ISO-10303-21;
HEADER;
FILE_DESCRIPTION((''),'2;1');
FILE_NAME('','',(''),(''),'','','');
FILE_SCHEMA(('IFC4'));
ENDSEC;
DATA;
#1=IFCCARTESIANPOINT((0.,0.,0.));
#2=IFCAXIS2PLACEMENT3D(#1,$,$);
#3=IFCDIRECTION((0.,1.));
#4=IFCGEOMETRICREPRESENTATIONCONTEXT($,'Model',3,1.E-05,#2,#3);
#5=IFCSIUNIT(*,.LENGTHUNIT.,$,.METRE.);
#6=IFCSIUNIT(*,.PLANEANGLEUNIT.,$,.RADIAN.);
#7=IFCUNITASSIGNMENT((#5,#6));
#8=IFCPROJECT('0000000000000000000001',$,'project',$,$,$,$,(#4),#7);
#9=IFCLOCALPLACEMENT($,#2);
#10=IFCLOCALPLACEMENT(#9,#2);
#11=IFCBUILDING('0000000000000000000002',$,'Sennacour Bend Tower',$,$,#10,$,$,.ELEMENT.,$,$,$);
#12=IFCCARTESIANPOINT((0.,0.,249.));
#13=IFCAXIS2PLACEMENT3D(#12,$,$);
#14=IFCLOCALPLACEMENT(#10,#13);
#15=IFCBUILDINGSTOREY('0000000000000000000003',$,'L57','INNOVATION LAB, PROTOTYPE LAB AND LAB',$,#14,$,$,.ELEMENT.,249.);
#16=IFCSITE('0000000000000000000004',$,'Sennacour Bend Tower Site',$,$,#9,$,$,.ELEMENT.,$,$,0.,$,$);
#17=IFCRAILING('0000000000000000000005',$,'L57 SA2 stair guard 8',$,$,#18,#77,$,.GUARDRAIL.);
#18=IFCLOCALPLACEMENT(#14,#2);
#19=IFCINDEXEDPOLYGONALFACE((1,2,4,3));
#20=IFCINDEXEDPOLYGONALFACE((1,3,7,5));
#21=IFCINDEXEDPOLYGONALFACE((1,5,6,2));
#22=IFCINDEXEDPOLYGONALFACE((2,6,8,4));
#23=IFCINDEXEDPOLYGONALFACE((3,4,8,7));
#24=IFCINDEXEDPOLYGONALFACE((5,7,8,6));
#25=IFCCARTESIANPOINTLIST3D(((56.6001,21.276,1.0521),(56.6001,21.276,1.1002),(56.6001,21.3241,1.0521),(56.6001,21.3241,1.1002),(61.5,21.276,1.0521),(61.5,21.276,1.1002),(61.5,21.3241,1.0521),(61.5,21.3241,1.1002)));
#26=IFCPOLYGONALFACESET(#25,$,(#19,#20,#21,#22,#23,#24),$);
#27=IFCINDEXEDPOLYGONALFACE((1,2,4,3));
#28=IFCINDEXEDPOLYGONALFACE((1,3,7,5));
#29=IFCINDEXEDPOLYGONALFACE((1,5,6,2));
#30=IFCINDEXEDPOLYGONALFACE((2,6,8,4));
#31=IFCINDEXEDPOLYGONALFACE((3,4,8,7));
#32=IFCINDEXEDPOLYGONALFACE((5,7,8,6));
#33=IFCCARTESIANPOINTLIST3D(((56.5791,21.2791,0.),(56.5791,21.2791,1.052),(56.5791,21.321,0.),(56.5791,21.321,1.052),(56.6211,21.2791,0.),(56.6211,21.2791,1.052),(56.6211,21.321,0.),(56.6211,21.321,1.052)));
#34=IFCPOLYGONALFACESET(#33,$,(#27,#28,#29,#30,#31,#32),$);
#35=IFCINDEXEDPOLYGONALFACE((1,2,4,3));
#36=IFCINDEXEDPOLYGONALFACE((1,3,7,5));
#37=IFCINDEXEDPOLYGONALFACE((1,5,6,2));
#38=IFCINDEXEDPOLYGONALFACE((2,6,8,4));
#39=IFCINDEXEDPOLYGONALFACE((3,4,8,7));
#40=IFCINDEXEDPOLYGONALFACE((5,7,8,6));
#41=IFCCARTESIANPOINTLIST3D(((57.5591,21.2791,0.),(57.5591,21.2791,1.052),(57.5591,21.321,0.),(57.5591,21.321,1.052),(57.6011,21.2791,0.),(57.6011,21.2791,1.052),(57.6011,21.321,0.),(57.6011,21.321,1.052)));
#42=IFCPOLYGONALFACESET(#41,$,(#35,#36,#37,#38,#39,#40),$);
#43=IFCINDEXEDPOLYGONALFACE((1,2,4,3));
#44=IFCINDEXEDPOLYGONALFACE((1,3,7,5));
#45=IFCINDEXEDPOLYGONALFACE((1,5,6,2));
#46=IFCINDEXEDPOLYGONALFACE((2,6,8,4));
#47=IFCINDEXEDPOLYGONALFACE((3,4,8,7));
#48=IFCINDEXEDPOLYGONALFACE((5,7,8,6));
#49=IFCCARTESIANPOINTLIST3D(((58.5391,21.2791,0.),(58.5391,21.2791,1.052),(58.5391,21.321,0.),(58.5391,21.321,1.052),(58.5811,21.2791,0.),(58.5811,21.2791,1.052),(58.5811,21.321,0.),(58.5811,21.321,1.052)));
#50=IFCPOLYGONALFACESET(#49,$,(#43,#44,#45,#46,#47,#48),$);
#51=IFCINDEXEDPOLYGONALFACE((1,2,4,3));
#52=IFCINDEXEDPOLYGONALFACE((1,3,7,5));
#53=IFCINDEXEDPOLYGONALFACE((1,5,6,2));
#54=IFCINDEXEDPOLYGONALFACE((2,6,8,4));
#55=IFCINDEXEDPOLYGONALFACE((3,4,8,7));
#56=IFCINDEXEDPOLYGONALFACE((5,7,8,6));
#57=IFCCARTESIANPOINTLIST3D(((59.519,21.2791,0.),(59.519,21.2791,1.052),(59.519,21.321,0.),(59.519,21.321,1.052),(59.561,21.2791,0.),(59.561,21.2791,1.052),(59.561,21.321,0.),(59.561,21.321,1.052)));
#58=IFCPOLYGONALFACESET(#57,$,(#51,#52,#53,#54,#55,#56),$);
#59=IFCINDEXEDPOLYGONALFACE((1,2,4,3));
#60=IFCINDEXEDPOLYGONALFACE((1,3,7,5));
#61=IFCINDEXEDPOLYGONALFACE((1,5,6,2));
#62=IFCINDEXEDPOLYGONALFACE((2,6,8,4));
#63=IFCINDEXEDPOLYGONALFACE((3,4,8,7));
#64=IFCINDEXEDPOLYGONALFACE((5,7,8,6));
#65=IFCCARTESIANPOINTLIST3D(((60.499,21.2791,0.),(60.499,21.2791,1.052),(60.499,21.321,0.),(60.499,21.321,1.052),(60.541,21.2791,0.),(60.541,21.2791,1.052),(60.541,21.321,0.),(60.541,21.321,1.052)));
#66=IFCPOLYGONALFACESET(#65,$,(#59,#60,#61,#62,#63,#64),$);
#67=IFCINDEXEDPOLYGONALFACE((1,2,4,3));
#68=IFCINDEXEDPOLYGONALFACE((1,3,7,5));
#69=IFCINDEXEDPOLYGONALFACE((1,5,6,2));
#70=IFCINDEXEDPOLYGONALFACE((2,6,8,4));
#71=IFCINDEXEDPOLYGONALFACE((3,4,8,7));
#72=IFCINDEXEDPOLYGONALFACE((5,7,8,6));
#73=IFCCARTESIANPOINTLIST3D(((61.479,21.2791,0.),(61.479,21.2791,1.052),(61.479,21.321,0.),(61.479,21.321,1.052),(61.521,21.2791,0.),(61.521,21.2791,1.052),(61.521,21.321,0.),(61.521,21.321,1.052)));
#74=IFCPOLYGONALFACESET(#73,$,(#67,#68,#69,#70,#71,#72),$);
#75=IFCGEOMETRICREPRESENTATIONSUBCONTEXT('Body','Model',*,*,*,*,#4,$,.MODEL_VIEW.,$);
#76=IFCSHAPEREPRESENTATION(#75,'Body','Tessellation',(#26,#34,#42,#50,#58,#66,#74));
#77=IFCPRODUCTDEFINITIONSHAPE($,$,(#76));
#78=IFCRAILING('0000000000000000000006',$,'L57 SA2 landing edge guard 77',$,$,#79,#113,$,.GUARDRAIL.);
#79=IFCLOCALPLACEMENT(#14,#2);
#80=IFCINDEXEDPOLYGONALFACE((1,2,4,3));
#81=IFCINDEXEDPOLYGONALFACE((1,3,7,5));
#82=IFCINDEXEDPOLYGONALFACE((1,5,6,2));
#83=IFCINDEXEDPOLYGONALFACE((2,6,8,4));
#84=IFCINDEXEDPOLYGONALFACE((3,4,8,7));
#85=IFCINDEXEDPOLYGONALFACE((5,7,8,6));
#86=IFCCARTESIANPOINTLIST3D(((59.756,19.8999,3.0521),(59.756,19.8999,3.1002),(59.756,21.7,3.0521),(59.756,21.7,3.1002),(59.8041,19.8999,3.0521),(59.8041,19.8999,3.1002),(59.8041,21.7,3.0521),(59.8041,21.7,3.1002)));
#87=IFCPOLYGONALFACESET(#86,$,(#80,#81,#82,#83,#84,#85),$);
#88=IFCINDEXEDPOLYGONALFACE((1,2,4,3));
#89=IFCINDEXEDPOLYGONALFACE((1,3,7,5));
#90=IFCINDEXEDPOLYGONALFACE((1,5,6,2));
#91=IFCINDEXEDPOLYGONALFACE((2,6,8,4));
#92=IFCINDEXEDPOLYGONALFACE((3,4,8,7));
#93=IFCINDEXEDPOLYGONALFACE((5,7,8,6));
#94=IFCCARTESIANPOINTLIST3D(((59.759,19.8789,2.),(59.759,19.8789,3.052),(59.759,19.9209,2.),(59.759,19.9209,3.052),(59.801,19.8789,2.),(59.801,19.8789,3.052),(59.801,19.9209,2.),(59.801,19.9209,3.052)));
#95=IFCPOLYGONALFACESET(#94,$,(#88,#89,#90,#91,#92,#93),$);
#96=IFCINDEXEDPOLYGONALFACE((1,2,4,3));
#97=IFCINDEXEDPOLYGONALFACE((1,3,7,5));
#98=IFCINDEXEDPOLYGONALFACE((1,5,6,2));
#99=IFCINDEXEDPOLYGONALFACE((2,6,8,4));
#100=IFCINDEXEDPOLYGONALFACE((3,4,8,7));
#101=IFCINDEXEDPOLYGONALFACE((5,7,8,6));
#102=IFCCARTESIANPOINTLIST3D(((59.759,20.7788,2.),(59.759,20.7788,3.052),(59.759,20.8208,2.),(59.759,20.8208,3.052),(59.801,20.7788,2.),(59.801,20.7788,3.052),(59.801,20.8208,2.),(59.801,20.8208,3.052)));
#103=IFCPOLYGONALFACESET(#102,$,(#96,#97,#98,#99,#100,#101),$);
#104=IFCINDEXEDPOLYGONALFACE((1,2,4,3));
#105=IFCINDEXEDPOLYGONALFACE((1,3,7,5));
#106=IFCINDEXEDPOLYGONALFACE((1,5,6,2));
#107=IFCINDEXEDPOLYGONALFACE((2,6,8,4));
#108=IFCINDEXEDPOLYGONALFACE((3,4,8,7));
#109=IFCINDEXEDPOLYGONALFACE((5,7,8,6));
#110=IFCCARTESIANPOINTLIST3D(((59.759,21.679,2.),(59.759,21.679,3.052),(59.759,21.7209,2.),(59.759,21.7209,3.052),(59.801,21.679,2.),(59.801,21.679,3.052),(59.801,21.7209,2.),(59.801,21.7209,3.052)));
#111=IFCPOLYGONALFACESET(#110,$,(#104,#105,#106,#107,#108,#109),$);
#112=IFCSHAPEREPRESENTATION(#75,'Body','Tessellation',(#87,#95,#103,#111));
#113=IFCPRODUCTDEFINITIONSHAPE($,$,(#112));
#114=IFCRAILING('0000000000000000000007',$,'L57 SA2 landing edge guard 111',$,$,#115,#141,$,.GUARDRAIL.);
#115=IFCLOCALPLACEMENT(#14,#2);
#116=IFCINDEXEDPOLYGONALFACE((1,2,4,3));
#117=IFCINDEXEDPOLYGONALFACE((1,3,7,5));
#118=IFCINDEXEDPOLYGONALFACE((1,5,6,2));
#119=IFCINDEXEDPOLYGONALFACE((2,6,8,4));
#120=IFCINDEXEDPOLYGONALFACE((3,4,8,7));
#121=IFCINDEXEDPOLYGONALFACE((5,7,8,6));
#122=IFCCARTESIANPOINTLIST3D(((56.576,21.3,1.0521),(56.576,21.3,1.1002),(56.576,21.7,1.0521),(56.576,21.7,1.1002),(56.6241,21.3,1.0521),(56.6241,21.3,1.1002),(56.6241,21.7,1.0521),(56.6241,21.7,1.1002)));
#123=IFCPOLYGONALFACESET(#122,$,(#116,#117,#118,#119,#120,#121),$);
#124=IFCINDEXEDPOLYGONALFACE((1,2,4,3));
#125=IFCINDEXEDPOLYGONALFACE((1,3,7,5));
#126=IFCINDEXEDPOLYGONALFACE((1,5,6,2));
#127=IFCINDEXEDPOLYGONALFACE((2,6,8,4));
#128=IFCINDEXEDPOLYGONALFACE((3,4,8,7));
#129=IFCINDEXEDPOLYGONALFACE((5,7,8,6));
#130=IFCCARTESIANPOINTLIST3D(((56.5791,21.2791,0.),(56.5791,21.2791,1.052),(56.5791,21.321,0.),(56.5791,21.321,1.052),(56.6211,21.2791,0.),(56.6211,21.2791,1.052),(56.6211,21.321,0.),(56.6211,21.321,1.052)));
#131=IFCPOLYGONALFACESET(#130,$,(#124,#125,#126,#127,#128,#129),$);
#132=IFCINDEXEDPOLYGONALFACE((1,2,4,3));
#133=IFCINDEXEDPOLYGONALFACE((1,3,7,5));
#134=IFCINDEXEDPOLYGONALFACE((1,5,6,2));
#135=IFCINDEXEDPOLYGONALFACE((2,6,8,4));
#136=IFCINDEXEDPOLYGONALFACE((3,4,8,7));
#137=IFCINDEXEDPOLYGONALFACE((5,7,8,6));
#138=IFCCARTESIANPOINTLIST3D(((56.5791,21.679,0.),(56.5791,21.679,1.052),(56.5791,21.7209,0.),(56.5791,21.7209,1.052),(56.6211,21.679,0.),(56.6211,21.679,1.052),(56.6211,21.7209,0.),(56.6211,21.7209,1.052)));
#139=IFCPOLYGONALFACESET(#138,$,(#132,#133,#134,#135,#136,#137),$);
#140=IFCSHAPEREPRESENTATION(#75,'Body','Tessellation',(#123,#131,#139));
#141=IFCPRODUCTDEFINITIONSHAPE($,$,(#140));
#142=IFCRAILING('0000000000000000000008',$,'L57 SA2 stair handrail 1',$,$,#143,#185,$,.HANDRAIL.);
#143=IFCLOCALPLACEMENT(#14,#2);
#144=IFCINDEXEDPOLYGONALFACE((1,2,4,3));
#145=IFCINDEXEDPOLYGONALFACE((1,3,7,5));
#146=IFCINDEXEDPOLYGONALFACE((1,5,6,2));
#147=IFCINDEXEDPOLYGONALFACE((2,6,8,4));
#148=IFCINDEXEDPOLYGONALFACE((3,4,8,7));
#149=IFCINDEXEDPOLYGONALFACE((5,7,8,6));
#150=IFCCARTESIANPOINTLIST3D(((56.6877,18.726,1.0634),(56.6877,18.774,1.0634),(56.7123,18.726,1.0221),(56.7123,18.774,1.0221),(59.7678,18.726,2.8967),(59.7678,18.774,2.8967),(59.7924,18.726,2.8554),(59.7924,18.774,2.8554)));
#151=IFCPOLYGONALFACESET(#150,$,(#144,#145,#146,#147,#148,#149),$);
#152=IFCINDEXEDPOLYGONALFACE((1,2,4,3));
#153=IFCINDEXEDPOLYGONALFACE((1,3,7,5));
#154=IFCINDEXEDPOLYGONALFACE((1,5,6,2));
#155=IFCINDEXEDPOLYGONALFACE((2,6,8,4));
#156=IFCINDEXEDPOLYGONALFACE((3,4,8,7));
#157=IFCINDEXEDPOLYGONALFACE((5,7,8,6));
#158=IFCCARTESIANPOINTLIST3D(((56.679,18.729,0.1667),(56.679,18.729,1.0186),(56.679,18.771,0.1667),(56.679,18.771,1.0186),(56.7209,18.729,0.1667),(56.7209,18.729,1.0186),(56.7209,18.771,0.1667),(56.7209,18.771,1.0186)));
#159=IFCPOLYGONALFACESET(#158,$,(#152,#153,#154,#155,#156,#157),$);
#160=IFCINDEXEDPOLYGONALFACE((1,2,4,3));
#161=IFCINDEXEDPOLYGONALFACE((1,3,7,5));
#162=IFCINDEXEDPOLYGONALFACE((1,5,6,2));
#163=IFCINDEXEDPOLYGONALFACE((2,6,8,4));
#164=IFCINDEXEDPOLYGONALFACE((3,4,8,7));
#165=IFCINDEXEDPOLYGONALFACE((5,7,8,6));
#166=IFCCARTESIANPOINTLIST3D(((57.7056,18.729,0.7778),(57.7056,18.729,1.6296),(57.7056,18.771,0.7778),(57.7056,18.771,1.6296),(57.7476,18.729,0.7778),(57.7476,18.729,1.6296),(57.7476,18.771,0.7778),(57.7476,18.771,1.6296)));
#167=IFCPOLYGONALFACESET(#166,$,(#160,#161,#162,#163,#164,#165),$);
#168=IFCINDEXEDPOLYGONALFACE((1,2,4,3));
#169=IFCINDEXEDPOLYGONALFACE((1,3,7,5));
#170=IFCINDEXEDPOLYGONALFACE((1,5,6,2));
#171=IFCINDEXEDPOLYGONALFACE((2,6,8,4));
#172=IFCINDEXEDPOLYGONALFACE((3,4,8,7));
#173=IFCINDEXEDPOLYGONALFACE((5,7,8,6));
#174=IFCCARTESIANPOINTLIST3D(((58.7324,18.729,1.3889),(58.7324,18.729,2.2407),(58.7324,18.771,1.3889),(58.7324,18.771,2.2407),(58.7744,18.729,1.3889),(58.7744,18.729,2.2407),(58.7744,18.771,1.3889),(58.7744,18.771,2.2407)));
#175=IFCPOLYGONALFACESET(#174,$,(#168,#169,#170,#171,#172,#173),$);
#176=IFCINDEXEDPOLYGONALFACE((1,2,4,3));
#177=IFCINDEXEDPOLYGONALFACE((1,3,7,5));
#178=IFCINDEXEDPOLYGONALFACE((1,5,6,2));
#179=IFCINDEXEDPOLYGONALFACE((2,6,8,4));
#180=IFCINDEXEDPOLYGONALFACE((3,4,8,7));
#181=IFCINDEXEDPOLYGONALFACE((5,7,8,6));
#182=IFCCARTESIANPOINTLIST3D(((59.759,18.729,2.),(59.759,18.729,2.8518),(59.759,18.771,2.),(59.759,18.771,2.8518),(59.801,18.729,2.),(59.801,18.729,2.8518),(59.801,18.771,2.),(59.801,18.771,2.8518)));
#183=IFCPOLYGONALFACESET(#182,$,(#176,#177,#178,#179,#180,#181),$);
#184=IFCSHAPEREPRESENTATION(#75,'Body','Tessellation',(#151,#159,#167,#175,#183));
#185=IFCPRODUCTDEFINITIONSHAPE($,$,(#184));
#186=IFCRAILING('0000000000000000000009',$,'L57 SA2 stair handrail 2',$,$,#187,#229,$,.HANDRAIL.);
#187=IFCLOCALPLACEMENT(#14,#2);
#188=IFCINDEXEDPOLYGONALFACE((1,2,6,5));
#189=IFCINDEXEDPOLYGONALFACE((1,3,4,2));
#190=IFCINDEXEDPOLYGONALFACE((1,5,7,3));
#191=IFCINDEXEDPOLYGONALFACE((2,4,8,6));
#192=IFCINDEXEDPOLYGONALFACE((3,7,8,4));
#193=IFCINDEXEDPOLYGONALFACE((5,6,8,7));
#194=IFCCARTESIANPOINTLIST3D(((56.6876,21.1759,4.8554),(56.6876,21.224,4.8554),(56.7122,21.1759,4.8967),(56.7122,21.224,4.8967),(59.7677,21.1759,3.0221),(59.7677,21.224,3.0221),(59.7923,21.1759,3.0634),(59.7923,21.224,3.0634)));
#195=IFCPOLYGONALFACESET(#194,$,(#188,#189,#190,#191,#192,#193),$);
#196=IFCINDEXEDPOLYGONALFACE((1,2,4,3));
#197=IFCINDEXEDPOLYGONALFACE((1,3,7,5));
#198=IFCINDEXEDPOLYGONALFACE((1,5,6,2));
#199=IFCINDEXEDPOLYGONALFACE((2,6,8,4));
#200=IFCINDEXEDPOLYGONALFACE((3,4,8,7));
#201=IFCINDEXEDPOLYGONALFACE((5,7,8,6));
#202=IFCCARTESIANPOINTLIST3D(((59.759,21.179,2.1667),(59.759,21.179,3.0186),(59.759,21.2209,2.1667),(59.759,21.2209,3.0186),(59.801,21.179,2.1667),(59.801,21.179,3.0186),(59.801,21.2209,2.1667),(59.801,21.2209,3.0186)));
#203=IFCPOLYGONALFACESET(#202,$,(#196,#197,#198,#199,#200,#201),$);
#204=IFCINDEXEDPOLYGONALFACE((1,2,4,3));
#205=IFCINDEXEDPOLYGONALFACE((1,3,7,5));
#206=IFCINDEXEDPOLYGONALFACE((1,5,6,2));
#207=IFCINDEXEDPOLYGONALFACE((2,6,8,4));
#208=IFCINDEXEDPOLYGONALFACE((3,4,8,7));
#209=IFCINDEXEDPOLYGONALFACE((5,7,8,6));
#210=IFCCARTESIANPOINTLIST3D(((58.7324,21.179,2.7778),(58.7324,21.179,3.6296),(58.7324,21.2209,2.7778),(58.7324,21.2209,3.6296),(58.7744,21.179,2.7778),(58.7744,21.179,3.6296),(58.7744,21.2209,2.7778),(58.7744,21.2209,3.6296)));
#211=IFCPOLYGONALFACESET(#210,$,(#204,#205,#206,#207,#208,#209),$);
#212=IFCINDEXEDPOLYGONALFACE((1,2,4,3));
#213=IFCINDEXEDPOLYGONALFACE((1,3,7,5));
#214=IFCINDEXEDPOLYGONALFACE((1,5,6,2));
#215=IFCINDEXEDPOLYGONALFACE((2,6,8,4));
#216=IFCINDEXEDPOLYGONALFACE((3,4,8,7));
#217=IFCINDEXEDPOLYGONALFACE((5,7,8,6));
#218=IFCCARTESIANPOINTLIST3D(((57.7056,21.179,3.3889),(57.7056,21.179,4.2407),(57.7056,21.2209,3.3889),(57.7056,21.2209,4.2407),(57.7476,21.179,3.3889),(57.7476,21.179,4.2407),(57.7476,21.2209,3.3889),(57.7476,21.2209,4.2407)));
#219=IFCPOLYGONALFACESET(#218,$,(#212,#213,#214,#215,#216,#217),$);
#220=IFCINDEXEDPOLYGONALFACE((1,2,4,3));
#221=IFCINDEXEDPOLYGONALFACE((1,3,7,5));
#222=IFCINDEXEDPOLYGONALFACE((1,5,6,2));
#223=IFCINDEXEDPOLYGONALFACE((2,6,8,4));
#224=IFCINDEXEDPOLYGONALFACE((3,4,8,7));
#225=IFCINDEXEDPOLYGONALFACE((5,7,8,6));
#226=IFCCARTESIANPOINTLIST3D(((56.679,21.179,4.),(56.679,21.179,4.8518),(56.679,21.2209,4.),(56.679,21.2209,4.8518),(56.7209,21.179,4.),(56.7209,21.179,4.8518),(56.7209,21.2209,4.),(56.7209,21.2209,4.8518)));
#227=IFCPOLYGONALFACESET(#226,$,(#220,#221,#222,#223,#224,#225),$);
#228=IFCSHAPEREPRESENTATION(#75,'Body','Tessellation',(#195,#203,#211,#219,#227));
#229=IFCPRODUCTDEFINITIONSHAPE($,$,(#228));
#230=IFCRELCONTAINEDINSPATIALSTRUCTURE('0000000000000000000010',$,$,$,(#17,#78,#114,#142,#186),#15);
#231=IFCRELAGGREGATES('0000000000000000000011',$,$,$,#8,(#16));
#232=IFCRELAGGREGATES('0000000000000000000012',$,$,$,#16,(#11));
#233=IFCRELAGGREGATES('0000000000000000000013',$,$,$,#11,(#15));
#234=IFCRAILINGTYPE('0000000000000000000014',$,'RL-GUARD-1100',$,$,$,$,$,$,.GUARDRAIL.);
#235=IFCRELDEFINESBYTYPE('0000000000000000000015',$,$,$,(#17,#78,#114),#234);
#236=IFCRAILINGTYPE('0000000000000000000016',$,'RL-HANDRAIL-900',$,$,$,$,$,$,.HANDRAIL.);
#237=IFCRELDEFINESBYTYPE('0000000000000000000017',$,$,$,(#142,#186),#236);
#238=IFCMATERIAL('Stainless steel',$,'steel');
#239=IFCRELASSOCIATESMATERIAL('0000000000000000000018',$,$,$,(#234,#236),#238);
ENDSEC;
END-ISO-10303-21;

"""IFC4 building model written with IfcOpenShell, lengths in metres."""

from ifc_helpers import new_model, si_unit, direction, frame, origin, origin_2d, place, context, subcontext, project, spatial, rectangle, extrude, material, type_object, element, save


model = new_model("IFC4")

# Units and contexts
model_context = context("Model", 3, precision=1e-05, world=origin(), true_north=direction((0.0, 1.0)))
body_context = subcontext(model_context, "Body", "Model", "MODEL_VIEW")
ifc_project = project(units=[si_unit("LENGTHUNIT", "METRE"), si_unit("PLANEANGLEUNIT", "RADIAN")], contexts=[model_context])

# Site, building, storey
site_placement = place(None, origin())
site = spatial("IfcSite", under=ifc_project, at=site_placement, Name="Sennacour Bend Tower Site", CompositionType="ELEMENT", RefElevation=0.0)
building_placement = place(site_placement, origin())
building = spatial("IfcBuilding", under=site, at=building_placement, Name="Sennacour Bend Tower", CompositionType="ELEMENT")
storey_placement = place(building_placement, frame((0.0, 0.0, 249.0)))
storey = spatial("IfcBuildingStorey", under=building, at=storey_placement, Name="L57", Description="INNOVATION LAB, PROTOTYPE LAB AND LAB", CompositionType="ELEMENT", Elevation=249.0)

# Railings
ifc_material_1 = material(Name="Stainless steel", Category="steel")
railing_type_1 = type_object("IfcRailingType", Name="RL-GUARD-1100", PredefinedType="GUARDRAIL", material=ifc_material_1)
railing_1_placement = place(storey_placement, frame((56.6001, 21.3, 0.0)))
element("IfcRailing", 1, at=railing_1_placement, inside=storey, type_object=railing_type_1, Name="L57 SA2 stair guard 8", PredefinedType="GUARDRAIL", context=body_context, shape_type="SweptSolid", body=[
    extrude(rectangle(XDim=0.0481, YDim=0.0481, at=origin_2d()), frame((0.0, 0.0, 1.0762), z_axis=(1.0, 0.0, 0.0), x_axis=(0.0, 1.0, 0.0)), (0.0, 0.0, 1.0), 4.8999),
    extrude(rectangle(XDim=0.042, YDim=0.042, at=origin_2d()), origin(), (0.0, 0.0, 1.0), 1.052),
    extrude(rectangle(XDim=0.042, YDim=0.042, at=origin_2d()), frame((0.98, 0.0, 0.0)), (0.0, 0.0, 1.0), 1.052),
    extrude(rectangle(XDim=0.042, YDim=0.042, at=origin_2d()), frame((1.96, 0.0, 0.0)), (0.0, 0.0, 1.0), 1.052),
    extrude(rectangle(XDim=0.042, YDim=0.042, at=origin_2d()), frame((2.9399, 0.0, 0.0)), (0.0, 0.0, 1.0), 1.052),
    extrude(rectangle(XDim=0.042, YDim=0.042, at=origin_2d()), frame((3.9199, 0.0, 0.0)), (0.0, 0.0, 1.0), 1.052),
    extrude(rectangle(XDim=0.042, YDim=0.042, at=origin_2d()), frame((4.8999, 0.0, 0.0)), (0.0, 0.0, 1.0), 1.052),
])
railing_2_placement = place(storey_placement, frame((59.78, 19.8999, 2.0)))
element("IfcRailing", 2, at=railing_2_placement, inside=storey, type_object=railing_type_1, Name="L57 SA2 landing edge guard 77", PredefinedType="GUARDRAIL", context=body_context, shape_type="SweptSolid", body=[
    extrude(rectangle(XDim=0.0481, YDim=0.0481, at=origin_2d()), frame((0.0, 0.0, 1.0762), z_axis=(0.0, 1.0, 0.0), x_axis=(-1.0, 0.0, 0.0)), (0.0, 0.0, 1.0), 1.8),
    extrude(rectangle(XDim=0.042, YDim=0.042, at=origin_2d()), origin(), (0.0, 0.0, 1.0), 1.052),
    extrude(rectangle(XDim=0.042, YDim=0.042, at=origin_2d()), frame((0.0, 0.8999, 0.0)), (0.0, 0.0, 1.0), 1.052),
    extrude(rectangle(XDim=0.042, YDim=0.042, at=origin_2d()), frame((0.0, 1.8, 0.0)), (0.0, 0.0, 1.0), 1.052),
])
railing_3_placement = place(storey_placement, frame((56.6001, 21.3, 0.0)))
element("IfcRailing", 3, at=railing_3_placement, inside=storey, type_object=railing_type_1, Name="L57 SA2 landing edge guard 111", PredefinedType="GUARDRAIL", context=body_context, shape_type="SweptSolid", body=[
    extrude(rectangle(XDim=0.0481, YDim=0.0481, at=origin_2d()), frame((0.0, 0.0, 1.0762), z_axis=(0.0, 1.0, 0.0), x_axis=(-1.0, 0.0, 0.0)), (0.0, 0.0, 1.0), 0.3999),
    extrude(rectangle(XDim=0.042, YDim=0.042, at=origin_2d()), origin(), (0.0, 0.0, 1.0), 1.052),
    extrude(rectangle(XDim=0.042, YDim=0.042, at=origin_2d()), frame((0.0, 0.3999, 0.0)), (0.0, 0.0, 1.0), 1.052),
])
railing_type_2 = type_object("IfcRailingType", Name="RL-HANDRAIL-900", PredefinedType="HANDRAIL", material=ifc_material_1)
railing_4_placement = place(storey_placement, frame((56.7, 18.75, 0.1667)))
element("IfcRailing", 4, at=railing_4_placement, inside=storey, type_object=railing_type_2, Name="L57 SA2 stair handrail 1", PredefinedType="HANDRAIL", context=body_context, shape_type="SweptSolid", body=[
    extrude(rectangle(XDim=0.0481, YDim=0.0481, at=origin_2d()), frame((0.0, 0.0, 0.876), z_axis=(0.859309, 0.0, 0.511458), x_axis=(0.0, 1.0, 0.0)), (0.0, 0.0, 1.0), 3.5845),
    extrude(rectangle(XDim=0.042, YDim=0.042, at=origin_2d()), origin(), (0.0, 0.0, 1.0), 0.8518),
    extrude(rectangle(XDim=0.042, YDim=0.042, at=origin_2d()), frame((1.0266, 0.0, 0.6111)), (0.0, 0.0, 1.0), 0.8518),
    extrude(rectangle(XDim=0.042, YDim=0.042, at=origin_2d()), frame((2.0535, 0.0, 1.2222)), (0.0, 0.0, 1.0), 0.8518),
    extrude(rectangle(XDim=0.042, YDim=0.042, at=origin_2d()), frame((3.0801, 0.0, 1.8333)), (0.0, 0.0, 1.0), 0.8518),
])
railing_5_placement = place(storey_placement, frame((59.78, 21.2, 2.1667)))
element("IfcRailing", 5, at=railing_5_placement, inside=storey, type_object=railing_type_2, Name="L57 SA2 stair handrail 2", PredefinedType="HANDRAIL", context=body_context, shape_type="SweptSolid", body=[
    extrude(rectangle(XDim=0.0481, YDim=0.0481, at=origin_2d()), frame((0.0, 0.0, 0.876), z_axis=(-0.859309, 0.0, 0.511458), x_axis=(0.0, -1.0, 0.0)), (0.0, 0.0, 1.0), 3.5845),
    extrude(rectangle(XDim=0.042, YDim=0.042, at=origin_2d()), origin(), (0.0, 0.0, 1.0), 0.8518),
    extrude(rectangle(XDim=0.042, YDim=0.042, at=origin_2d()), frame((-1.0266, 0.0, 0.6111)), (0.0, 0.0, 1.0), 0.8518),
    extrude(rectangle(XDim=0.042, YDim=0.042, at=origin_2d()), frame((-2.0535, 0.0, 1.2222)), (0.0, 0.0, 1.0), 0.8518),
    extrude(rectangle(XDim=0.042, YDim=0.042, at=origin_2d()), frame((-3.0801, 0.0, 1.8333)), (0.0, 0.0, 1.0), 0.8518),
])

save(model, "model.ifc")
